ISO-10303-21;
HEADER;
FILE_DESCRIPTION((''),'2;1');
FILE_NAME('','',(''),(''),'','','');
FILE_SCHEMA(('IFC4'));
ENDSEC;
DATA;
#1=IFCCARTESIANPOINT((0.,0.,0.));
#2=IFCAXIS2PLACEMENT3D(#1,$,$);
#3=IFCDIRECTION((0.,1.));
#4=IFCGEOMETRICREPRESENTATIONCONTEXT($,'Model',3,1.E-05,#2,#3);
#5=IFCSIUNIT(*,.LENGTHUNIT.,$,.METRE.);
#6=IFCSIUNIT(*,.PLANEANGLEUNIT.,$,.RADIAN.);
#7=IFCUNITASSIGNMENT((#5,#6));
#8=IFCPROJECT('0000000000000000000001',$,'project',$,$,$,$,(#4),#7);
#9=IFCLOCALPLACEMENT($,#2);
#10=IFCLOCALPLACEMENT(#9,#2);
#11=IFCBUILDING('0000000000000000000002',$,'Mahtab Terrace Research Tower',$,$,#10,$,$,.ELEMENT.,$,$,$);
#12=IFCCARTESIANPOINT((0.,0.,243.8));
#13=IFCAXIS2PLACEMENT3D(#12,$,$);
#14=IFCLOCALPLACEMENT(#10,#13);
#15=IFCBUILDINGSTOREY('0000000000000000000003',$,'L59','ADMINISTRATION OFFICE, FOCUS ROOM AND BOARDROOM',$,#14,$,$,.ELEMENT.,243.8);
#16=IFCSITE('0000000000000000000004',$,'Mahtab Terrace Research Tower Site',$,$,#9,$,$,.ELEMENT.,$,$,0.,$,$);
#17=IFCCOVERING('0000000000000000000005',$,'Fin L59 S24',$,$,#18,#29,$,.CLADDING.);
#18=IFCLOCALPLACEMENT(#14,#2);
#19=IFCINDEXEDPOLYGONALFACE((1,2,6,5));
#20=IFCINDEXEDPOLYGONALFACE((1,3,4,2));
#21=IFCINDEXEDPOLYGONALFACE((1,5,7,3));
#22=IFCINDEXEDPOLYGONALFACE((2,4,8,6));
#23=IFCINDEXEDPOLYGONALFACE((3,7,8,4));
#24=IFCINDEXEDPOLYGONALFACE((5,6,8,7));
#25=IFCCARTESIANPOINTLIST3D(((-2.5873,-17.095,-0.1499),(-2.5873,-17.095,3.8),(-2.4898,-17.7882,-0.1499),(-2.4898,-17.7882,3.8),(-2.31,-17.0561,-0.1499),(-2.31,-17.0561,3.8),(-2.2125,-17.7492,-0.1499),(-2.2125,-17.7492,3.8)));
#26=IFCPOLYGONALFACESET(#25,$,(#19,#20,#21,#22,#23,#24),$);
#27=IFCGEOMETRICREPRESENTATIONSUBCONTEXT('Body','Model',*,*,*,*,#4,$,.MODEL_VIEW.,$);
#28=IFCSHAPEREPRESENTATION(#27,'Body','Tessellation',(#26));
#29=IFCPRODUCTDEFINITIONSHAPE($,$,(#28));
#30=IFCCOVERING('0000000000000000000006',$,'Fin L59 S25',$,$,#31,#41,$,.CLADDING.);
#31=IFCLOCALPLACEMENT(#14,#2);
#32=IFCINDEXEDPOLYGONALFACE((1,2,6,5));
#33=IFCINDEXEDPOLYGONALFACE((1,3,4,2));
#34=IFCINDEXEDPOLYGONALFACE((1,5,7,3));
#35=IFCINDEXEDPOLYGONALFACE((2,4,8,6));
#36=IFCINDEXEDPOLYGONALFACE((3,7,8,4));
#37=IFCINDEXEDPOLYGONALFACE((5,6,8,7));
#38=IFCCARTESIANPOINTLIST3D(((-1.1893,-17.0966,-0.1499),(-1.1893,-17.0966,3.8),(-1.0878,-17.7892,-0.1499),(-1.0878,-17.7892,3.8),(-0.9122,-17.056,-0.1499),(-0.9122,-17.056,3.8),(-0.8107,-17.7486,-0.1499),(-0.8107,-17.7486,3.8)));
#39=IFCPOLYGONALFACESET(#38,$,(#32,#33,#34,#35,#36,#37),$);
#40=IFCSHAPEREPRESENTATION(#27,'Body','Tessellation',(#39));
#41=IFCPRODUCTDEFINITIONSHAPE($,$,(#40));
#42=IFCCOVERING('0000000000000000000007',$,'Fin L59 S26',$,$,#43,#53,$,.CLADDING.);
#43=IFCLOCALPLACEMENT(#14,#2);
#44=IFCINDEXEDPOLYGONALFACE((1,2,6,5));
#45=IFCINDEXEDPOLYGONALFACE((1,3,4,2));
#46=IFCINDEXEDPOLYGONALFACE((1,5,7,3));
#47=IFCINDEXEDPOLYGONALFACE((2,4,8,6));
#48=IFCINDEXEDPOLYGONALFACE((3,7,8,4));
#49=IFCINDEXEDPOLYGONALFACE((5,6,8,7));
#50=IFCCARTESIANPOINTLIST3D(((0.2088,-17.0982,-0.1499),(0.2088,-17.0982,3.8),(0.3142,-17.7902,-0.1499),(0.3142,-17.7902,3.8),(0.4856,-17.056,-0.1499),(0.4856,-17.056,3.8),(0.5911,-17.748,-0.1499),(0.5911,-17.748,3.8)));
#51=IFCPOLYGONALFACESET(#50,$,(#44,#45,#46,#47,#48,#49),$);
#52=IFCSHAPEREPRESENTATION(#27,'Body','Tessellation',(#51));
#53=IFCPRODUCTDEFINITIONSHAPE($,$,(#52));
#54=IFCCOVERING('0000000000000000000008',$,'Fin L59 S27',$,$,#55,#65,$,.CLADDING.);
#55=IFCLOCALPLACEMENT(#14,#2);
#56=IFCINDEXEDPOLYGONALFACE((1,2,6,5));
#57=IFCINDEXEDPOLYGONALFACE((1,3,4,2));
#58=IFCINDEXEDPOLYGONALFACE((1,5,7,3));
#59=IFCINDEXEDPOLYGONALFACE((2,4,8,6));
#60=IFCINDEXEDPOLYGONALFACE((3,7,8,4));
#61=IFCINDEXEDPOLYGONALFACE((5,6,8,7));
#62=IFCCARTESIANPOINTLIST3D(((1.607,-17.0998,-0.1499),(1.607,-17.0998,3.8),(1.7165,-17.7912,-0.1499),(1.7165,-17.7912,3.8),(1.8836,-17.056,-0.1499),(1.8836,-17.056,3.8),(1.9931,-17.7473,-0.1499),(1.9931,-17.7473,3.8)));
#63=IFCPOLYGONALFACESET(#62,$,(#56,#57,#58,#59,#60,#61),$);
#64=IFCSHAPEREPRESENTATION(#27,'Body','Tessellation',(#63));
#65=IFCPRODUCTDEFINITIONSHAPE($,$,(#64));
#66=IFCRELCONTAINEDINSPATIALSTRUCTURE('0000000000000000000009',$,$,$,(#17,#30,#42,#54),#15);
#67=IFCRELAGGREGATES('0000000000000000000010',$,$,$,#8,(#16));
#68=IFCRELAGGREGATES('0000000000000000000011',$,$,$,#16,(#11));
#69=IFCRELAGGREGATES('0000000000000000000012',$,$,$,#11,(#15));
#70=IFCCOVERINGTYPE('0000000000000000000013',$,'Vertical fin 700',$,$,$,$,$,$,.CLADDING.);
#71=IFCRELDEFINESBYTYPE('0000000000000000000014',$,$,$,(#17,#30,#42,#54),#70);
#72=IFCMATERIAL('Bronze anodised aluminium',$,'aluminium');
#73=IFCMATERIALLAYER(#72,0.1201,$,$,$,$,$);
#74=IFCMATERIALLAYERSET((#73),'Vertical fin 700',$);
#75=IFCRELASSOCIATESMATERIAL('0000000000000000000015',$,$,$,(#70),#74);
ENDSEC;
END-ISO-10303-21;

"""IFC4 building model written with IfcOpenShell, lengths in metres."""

from ifc_helpers import new_model, si_unit, direction, frame, origin, origin_2d, place, context, subcontext, project, spatial, rectangle, extrude, material, layer, layer_set, type_object, element, save


model = new_model("IFC4")

# Units and contexts
model_context = context("Model", 3, precision=1e-05, world=origin(), true_north=direction((0.0, 1.0)))
body_context = subcontext(model_context, "Body", "Model", "MODEL_VIEW")
ifc_project = project(units=[si_unit("LENGTHUNIT", "METRE"), si_unit("PLANEANGLEUNIT", "RADIAN")], contexts=[model_context])

# Site, building, storey
site_placement = place(None, origin())
site = spatial("IfcSite", under=ifc_project, at=site_placement, Name="Mahtab Terrace Research Tower Site", CompositionType="ELEMENT", RefElevation=0.0)
building_placement = place(site_placement, origin())
building = spatial("IfcBuilding", under=site, at=building_placement, Name="Mahtab Terrace Research Tower", CompositionType="ELEMENT")
storey_placement = place(building_placement, frame((0.0, 0.0, 243.8)))
storey = spatial("IfcBuildingStorey", under=building, at=storey_placement, Name="L59", Description="ADMINISTRATION OFFICE, FOCUS ROOM AND BOARDROOM", CompositionType="ELEMENT", Elevation=243.8)

# Coverings
ifc_material_1 = material(Name="Bronze anodised aluminium", Category="aluminium")
ifc_layer_1 = layer(ifc_material_1, 0.1201)
ifc_layer_set_1 = layer_set([ifc_layer_1], Name="Vertical fin 700")
covering_type = type_object("IfcCoveringType", Name="Vertical fin 700", PredefinedType="CLADDING", material=ifc_layer_set_1)
for number, where, z_axis, x_axis, name in (
    (1, (-2.3999, -17.4221, -0.1499), (0.0, 0.0, 1.0), (0.990268, 0.139173, 0.0), "Fin L59 S24"),
    (2, (-1.0, -17.4226, -0.1499), (0.0, 0.0, 1.0), (0.989442, 0.144932, 0.0), "Fin L59 S25"),
    (3, (0.3999, -17.4231, -0.1499), (0.0, 0.0, 1.0), (0.988582, 0.150686, 0.0), "Fin L59 S26"),
    (4, (1.8, -17.4236, -0.1499), (0.0, 0.0, 1.0), (0.987688, 0.156434, 0.0), "Fin L59 S27"),
):
    element("IfcCovering", number, at=place(storey_placement, frame(where, z_axis=z_axis, x_axis=x_axis)), inside=storey, type_object=covering_type, Name=name, PredefinedType="CLADDING", context=body_context, shape_type="SweptSolid", body=[
        extrude(rectangle(XDim=0.28, YDim=0.7, at=origin_2d()), origin(), (0.0, 0.0, 1.0), 3.95),
    ])

save(model, "model.ifc")
